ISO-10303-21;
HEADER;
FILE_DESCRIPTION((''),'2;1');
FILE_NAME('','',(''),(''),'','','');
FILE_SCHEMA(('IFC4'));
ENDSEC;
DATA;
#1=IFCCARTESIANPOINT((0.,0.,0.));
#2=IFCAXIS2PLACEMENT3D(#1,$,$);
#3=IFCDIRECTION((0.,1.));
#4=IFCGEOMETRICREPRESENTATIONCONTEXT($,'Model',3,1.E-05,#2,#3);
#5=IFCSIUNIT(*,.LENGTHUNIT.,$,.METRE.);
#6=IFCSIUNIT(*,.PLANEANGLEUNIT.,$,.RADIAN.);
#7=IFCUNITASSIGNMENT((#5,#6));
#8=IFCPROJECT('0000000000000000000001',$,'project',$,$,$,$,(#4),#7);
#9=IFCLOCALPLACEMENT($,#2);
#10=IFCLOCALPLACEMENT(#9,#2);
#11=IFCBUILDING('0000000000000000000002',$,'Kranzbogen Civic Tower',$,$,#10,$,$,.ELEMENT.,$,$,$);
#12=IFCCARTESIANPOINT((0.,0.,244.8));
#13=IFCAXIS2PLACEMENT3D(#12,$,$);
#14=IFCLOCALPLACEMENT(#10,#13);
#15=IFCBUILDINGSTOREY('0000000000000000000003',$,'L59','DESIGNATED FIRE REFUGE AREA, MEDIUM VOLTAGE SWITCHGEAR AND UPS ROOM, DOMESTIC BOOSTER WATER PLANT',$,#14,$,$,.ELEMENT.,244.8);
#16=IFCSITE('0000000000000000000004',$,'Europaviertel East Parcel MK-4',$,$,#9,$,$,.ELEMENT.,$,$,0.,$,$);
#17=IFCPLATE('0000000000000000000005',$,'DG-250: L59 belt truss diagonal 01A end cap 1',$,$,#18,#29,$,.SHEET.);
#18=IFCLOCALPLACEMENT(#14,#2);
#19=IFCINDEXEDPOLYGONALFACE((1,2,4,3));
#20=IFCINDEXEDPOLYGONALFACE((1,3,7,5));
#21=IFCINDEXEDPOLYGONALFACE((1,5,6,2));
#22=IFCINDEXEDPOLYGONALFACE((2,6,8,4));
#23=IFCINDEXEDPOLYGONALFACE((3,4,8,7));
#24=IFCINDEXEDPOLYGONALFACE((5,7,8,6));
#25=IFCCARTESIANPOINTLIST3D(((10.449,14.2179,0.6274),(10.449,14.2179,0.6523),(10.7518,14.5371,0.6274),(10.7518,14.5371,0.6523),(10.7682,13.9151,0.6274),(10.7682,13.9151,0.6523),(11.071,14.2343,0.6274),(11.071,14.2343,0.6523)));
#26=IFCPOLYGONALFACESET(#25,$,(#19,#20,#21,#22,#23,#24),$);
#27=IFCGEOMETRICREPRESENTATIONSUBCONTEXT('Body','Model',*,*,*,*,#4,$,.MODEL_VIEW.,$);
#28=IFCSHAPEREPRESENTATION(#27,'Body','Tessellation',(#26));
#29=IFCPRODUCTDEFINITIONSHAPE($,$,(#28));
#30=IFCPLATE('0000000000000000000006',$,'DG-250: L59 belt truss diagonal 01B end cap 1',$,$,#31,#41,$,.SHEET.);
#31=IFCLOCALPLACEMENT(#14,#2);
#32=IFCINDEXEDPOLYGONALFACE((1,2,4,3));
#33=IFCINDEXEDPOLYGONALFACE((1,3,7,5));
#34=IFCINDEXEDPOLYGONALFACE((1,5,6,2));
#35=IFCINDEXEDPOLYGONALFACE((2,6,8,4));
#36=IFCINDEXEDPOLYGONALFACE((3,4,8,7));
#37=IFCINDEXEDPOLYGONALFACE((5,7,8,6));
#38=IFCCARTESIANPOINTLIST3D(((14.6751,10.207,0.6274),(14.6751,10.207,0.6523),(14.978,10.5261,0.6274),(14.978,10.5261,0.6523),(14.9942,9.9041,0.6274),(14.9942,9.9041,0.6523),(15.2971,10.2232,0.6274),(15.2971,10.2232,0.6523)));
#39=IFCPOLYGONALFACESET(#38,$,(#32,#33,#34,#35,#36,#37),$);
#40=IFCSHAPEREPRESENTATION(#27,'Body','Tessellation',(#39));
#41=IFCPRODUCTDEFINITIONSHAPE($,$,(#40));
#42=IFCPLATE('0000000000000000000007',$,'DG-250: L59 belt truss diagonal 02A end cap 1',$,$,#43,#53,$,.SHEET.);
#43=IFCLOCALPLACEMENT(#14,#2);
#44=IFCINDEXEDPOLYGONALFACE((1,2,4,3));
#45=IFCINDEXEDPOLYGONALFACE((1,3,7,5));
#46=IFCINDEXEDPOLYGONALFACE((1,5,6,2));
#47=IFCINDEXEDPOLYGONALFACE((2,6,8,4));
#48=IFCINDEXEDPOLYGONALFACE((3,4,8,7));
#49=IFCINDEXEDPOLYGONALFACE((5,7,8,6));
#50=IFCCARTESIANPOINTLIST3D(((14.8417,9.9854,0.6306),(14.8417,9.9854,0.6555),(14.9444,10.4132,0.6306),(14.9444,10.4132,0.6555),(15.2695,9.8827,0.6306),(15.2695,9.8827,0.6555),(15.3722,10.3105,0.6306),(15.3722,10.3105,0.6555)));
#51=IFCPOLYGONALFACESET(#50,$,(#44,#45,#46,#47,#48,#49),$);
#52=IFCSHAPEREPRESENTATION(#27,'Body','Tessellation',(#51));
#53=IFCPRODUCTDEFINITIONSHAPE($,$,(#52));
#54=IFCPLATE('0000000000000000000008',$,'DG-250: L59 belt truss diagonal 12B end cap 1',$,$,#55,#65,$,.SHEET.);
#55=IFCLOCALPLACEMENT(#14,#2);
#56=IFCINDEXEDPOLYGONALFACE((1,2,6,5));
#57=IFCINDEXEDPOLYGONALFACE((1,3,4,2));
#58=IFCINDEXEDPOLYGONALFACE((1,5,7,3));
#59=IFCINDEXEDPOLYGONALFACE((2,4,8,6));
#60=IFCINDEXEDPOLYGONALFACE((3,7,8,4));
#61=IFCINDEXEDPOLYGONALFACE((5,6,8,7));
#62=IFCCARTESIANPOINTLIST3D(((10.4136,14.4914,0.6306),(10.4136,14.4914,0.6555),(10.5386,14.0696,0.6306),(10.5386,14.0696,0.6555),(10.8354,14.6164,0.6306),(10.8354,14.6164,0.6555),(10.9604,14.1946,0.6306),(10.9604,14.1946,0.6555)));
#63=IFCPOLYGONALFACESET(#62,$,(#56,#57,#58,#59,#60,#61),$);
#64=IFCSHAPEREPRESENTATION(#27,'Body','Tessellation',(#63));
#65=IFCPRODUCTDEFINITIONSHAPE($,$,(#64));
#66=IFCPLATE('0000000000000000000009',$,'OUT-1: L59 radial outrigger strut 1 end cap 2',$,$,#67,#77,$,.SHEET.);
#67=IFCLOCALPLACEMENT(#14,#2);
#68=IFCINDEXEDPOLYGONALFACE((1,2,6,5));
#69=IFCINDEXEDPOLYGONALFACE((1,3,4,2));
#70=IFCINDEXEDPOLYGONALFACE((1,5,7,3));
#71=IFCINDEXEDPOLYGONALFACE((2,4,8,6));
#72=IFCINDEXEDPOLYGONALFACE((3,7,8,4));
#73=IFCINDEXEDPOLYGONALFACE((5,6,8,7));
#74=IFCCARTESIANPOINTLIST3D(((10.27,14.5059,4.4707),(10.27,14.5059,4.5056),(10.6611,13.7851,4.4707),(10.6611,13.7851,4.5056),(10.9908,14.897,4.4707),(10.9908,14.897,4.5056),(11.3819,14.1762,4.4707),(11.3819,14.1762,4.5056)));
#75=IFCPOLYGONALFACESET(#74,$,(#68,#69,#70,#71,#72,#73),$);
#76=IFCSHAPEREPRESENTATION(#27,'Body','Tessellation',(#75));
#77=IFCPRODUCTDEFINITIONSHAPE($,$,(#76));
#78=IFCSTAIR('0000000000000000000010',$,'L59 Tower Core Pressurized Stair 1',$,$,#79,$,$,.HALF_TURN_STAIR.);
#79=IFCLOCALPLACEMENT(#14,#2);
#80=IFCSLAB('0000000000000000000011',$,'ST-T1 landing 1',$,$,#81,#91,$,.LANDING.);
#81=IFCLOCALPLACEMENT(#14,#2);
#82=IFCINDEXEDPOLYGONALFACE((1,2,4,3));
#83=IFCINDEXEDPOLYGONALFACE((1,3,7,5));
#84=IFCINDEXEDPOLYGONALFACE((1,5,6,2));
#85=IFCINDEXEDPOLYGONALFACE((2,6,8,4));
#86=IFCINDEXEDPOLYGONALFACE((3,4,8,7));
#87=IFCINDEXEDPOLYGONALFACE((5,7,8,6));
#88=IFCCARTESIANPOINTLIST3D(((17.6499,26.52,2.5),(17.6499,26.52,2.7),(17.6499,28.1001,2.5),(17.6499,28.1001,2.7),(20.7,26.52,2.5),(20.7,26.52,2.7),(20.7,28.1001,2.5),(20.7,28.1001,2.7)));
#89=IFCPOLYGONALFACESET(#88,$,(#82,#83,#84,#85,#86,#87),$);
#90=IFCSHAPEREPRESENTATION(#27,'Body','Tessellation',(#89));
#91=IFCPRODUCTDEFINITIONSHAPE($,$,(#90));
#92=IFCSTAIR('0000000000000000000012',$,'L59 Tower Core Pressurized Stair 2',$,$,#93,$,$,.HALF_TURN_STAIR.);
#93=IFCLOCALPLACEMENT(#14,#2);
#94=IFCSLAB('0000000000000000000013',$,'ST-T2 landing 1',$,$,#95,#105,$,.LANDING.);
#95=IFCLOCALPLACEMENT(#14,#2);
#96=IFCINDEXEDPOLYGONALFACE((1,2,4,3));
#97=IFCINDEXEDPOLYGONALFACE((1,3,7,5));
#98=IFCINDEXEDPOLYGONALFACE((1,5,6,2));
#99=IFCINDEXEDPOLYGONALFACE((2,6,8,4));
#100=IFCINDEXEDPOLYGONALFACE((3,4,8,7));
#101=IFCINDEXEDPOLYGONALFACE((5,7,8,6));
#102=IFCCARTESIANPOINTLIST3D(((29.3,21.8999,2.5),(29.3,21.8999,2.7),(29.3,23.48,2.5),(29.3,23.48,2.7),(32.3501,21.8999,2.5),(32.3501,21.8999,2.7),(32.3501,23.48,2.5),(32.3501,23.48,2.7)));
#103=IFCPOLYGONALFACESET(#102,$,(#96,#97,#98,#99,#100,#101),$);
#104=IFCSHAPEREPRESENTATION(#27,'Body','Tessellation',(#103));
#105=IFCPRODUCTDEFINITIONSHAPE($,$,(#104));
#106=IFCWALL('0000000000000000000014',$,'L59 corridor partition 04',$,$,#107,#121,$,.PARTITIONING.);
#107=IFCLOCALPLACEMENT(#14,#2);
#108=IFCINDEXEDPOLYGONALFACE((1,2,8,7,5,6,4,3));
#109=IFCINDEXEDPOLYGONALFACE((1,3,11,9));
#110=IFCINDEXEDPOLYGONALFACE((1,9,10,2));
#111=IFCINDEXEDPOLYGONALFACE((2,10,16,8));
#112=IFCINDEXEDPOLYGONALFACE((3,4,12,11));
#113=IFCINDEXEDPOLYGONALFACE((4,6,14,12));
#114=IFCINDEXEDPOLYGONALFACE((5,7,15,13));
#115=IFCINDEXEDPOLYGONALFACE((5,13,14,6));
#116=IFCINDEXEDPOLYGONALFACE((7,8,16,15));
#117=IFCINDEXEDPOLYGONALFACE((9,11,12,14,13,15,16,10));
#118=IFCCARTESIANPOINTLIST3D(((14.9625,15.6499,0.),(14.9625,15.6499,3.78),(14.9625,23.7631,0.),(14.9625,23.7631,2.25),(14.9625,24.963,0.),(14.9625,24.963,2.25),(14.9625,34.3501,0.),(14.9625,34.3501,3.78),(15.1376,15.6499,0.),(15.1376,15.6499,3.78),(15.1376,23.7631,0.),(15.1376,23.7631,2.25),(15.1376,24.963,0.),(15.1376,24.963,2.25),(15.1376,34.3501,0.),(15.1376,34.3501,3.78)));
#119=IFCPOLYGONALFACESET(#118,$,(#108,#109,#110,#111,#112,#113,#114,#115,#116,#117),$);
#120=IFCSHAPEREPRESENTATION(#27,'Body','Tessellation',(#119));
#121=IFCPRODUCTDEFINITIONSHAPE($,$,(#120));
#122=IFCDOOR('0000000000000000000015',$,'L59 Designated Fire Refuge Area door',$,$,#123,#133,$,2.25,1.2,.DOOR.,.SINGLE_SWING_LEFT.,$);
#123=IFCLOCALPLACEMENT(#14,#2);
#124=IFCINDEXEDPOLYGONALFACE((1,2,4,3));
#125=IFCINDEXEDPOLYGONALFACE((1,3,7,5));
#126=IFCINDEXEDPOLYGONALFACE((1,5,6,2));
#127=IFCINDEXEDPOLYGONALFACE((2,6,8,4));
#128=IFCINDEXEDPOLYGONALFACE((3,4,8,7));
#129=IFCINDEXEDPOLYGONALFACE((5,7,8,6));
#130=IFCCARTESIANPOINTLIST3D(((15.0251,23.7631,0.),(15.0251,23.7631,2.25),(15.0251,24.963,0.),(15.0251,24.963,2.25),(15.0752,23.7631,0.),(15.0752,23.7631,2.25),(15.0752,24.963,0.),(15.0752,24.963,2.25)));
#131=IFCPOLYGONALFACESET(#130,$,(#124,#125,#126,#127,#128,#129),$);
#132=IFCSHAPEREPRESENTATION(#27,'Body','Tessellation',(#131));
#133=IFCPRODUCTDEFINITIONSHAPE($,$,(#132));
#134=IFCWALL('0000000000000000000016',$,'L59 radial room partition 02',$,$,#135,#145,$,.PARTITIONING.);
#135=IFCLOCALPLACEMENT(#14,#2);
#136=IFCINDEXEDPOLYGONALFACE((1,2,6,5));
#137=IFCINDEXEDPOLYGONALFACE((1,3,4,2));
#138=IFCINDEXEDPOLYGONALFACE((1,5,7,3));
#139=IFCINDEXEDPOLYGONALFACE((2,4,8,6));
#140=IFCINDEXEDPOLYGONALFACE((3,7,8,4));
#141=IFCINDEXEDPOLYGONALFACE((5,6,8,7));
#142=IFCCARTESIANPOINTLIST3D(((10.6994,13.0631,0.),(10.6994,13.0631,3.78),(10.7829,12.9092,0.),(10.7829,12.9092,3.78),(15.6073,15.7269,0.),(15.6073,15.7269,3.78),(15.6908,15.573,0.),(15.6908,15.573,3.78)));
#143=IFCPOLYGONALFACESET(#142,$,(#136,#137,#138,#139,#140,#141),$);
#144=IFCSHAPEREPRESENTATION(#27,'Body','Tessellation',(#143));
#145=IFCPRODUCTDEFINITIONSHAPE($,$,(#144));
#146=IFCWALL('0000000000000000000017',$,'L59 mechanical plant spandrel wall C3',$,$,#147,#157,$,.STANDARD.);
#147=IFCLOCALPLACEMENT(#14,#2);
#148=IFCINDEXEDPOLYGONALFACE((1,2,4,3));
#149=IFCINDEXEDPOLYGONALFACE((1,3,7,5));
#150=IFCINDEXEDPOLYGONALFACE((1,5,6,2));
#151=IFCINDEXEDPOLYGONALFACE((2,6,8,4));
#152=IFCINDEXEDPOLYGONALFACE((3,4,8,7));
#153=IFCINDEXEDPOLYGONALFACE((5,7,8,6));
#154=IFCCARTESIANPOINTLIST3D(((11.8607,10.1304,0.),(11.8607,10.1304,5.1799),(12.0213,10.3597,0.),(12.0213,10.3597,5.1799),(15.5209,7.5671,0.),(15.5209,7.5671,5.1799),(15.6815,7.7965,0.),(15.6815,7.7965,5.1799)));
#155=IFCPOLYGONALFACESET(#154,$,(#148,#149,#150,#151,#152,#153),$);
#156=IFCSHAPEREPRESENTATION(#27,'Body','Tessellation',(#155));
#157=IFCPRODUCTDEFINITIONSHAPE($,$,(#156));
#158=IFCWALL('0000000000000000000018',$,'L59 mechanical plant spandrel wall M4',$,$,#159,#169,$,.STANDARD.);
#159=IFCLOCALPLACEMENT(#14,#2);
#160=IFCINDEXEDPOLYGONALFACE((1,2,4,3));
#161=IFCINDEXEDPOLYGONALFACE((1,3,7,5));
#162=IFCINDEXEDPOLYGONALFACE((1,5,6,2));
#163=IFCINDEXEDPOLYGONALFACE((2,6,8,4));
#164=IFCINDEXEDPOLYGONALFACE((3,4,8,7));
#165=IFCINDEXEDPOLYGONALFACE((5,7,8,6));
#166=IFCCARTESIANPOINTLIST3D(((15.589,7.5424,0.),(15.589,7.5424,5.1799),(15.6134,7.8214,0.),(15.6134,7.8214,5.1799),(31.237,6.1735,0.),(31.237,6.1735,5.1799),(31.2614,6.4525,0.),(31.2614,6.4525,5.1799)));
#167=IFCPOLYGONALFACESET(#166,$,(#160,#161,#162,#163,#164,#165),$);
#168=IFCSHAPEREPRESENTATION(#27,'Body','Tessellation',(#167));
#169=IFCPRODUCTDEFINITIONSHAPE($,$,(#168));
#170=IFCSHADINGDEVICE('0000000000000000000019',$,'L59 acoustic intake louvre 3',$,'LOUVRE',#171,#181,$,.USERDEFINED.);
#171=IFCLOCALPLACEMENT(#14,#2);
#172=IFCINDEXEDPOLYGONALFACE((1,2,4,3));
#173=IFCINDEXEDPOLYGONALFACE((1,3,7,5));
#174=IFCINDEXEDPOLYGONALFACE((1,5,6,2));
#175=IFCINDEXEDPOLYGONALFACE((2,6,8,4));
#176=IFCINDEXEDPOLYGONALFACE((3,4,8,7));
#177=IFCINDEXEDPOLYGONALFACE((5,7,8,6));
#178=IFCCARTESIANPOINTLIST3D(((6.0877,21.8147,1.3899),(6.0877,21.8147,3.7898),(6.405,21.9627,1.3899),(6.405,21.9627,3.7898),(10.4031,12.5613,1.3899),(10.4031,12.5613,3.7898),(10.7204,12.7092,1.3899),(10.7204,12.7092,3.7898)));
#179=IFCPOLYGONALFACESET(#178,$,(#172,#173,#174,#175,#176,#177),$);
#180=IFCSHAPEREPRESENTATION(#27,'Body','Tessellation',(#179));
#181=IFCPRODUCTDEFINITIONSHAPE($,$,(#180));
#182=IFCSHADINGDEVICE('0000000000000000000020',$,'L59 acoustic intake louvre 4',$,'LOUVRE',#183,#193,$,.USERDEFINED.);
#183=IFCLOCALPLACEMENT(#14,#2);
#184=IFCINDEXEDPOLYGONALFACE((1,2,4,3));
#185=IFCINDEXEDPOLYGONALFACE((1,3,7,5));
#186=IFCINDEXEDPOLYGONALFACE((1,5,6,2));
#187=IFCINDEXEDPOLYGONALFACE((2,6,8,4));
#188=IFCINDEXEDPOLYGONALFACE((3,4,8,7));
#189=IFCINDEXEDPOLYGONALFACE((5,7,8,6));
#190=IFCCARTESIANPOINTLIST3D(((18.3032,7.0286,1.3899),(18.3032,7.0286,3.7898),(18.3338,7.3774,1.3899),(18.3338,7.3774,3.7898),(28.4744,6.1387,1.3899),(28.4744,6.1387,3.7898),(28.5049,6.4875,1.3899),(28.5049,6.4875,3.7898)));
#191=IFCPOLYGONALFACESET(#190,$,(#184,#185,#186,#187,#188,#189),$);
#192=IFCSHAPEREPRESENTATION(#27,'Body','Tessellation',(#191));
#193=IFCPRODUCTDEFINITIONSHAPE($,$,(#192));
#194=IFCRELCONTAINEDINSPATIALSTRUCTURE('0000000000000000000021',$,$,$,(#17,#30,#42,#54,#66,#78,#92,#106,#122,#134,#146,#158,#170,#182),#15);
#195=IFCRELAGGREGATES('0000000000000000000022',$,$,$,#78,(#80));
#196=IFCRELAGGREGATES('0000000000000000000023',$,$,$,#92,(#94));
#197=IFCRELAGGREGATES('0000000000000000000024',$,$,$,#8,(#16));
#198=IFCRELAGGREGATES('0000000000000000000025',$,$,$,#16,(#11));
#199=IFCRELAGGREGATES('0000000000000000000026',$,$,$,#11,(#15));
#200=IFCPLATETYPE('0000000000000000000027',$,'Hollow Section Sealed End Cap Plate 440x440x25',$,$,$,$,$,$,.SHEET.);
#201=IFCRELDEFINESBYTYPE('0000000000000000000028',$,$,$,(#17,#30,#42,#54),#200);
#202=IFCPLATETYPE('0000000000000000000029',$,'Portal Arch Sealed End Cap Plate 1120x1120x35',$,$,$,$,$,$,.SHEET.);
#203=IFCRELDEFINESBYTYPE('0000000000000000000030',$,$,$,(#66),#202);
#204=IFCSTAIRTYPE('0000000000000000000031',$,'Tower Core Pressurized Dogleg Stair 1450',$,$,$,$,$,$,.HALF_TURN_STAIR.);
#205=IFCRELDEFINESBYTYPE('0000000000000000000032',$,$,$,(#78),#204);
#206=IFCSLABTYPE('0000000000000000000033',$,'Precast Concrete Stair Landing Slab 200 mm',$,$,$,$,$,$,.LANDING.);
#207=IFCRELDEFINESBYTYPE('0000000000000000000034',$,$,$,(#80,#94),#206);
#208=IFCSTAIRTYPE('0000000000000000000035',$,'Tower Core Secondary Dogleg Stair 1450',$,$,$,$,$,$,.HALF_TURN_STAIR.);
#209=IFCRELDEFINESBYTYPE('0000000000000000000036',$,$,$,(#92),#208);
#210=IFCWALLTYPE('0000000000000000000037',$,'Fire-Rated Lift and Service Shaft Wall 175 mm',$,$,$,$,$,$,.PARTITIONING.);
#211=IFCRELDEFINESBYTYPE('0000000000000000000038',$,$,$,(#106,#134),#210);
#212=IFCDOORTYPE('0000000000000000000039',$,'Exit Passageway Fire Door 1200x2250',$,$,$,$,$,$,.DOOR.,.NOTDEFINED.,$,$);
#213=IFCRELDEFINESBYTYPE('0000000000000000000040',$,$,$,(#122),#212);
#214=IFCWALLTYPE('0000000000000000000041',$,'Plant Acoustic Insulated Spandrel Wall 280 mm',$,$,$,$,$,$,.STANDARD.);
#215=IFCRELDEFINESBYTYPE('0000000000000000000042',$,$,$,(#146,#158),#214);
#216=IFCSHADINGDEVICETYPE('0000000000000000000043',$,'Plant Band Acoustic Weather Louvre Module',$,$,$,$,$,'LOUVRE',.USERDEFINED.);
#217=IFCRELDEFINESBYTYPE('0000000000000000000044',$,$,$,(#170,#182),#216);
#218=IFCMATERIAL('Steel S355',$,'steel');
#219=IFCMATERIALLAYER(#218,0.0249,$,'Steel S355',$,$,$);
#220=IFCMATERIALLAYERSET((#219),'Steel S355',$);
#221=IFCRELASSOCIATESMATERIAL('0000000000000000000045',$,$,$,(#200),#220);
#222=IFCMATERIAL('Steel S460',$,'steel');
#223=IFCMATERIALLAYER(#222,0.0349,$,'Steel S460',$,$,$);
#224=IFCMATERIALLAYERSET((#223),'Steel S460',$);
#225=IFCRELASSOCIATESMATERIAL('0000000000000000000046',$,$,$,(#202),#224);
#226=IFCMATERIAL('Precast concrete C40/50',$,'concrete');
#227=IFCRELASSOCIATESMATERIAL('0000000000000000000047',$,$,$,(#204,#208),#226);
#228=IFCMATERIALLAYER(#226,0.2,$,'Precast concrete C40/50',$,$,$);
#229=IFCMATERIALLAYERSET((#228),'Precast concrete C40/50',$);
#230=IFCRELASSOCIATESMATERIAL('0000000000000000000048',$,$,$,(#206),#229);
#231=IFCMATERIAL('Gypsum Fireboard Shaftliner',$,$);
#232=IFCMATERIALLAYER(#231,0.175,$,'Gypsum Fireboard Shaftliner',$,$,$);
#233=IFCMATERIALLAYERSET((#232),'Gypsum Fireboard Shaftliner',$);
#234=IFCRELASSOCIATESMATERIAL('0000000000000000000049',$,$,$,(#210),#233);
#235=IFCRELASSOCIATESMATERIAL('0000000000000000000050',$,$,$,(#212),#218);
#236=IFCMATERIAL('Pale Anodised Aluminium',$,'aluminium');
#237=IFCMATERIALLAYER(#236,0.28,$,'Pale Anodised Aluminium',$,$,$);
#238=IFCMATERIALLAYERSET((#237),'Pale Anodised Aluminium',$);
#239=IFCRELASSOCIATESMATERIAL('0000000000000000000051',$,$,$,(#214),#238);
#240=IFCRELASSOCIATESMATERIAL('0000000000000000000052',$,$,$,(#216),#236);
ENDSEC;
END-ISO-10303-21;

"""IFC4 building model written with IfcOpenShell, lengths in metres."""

from ifc_helpers import new_model, si_unit, direction, frame, frame_2d, origin, origin_2d, place, context, subcontext, project, spatial, polyline, rectangle, outline, extrude, material, layer, layer_set, type_object, element, fill, aggregate, save


model = new_model("IFC4")

# Units and contexts
model_context = context("Model", 3, precision=1e-05, world=origin(), true_north=direction((0.0, 1.0)))
body_context = subcontext(model_context, "Body", "Model", "MODEL_VIEW")
ifc_project = project(units=[si_unit("LENGTHUNIT", "METRE"), si_unit("PLANEANGLEUNIT", "RADIAN")], contexts=[model_context])

# Site, building, storey
site_placement = place(None, origin())
site = spatial("IfcSite", under=ifc_project, at=site_placement, Name="Europaviertel East Parcel MK-4", CompositionType="ELEMENT", RefElevation=0.0)
building_placement = place(site_placement, origin())
building = spatial("IfcBuilding", under=site, at=building_placement, Name="Kranzbogen Civic Tower", CompositionType="ELEMENT")
storey_placement = place(building_placement, frame((0.0, 0.0, 244.8)))
storey = spatial("IfcBuildingStorey", under=building, at=storey_placement, Name="L59", Description="DESIGNATED FIRE REFUGE AREA, MEDIUM VOLTAGE SWITCHGEAR AND UPS ROOM, DOMESTIC BOOSTER WATER PLANT", CompositionType="ELEMENT", Elevation=244.8)

# Shared definitions
ifc_material_1 = material(Name="Steel S355", Category="steel")

# Shared definitions
ifc_material_2 = material(Name="Steel S460", Category="steel")

# Plates
ifc_layer_1 = layer(ifc_material_1, 0.0249, Name="Steel S355")
ifc_layer_set_1 = layer_set([ifc_layer_1], Name="Steel S355")
plate_type_1 = type_object("IfcPlateType", Name="Hollow Section Sealed End Cap Plate 440x440x25", PredefinedType="SHEET", material=ifc_layer_set_1)
for number, where, z_axis, x_axis, name in (
    (1, (10.76, 14.2261, 0.6274), (0.0, 0.0, 1.0), (0.725446, -0.688279, 0.0), "DG-250: L59 belt truss diagonal 01A end cap 1"),
    (2, (14.9861, 10.2151, 0.6274), (0.0, 0.0, 1.0), (-0.725278, 0.688456, 0.0), "DG-250: L59 belt truss diagonal 01B end cap 1"),
    (3, (15.1069, 10.1479, 0.6306), (0.0, 0.0, 1.0), (0.972407, -0.233293, 0.0), "DG-250: L59 belt truss diagonal 02A end cap 1"),
    (4, (10.687, 14.343, 0.6306), (0.0, 0.0, 1.0), (-0.284099, 0.958795, 0.0), "DG-250: L59 belt truss diagonal 12B end cap 1"),
):
    element("IfcPlate", number, at=place(storey_placement, frame(where, z_axis=z_axis, x_axis=x_axis)), inside=storey, type_object=plate_type_1, Name=name, PredefinedType="SHEET", context=body_context, shape_type="SweptSolid", body=[
        extrude(rectangle(XDim=0.4399, YDim=0.4399, at=origin_2d()), origin(), (0.0, 0.0, 1.0), 0.0249),
    ])
ifc_layer_2 = layer(ifc_material_2, 0.0349, Name="Steel S460")
ifc_layer_set_2 = layer_set([ifc_layer_2], Name="Steel S460")
plate_type_2 = type_object("IfcPlateType", Name="Portal Arch Sealed End Cap Plate 1120x1120x35", PredefinedType="SHEET", material=ifc_layer_set_2)
plate_placement = place(storey_placement, frame((10.8259, 14.3411, 4.4707), z_axis=(0.0, 0.0, 1.0), x_axis=(-0.878942, -0.476929, 0.0)))
element("IfcPlate", 5, at=plate_placement, inside=storey, type_object=plate_type_2, Name="OUT-1: L59 radial outrigger strut 1 end cap 2", PredefinedType="SHEET", context=body_context, shape_type="SweptSolid", body=[
    extrude(rectangle(XDim=0.8201, YDim=0.8201, at=origin_2d()), origin(), (0.0, 0.0, 1.0), 0.0349),
])

# Stairs, slabs
ifc_material_3 = material(Name="Precast concrete C40/50", Category="concrete")
stair_type_1 = type_object("IfcStairType", Name="Tower Core Pressurized Dogleg Stair 1450", PredefinedType="HALF_TURN_STAIR", material=ifc_material_3)
stair_1_placement = place(storey_placement, origin())
stair_1 = element("IfcStair", 6, at=stair_1_placement, inside=storey, type_object=stair_type_1, Name="L59 Tower Core Pressurized Stair 1", PredefinedType="HALF_TURN_STAIR")
ifc_layer_3 = layer(ifc_material_3, 0.2, Name="Precast concrete C40/50")
ifc_layer_set_3 = layer_set([ifc_layer_3], Name="Precast concrete C40/50")
slab_type_1 = type_object("IfcSlabType", Name="Precast Concrete Stair Landing Slab 200 mm", PredefinedType="LANDING", material=ifc_layer_set_3)
slab_1_placement = place(storey_placement, frame((0.0, 0.0, 2.5)))
slab_1 = element("IfcSlab", 7, at=slab_1_placement, type_object=slab_type_1, Name="ST-T1 landing 1", PredefinedType="LANDING", context=body_context, shape_type="SweptSolid", body=[
    extrude(outline(polyline([(20.7, 26.52), (20.7, 28.1001), (17.6499, 28.1001), (17.6499, 26.52), (20.7, 26.52)])), origin(), (0.0, 0.0, 1.0), 0.2),
])
aggregate(stair_1, [slab_1])
stair_type_2 = type_object("IfcStairType", Name="Tower Core Secondary Dogleg Stair 1450", PredefinedType="HALF_TURN_STAIR", material=ifc_material_3)
stair_2_placement = place(storey_placement, origin())
stair_2 = element("IfcStair", 8, at=stair_2_placement, inside=storey, type_object=stair_type_2, Name="L59 Tower Core Pressurized Stair 2", PredefinedType="HALF_TURN_STAIR")
slab_2_placement = place(storey_placement, frame((0.0, 0.0, 2.5)))
slab_2 = element("IfcSlab", 9, at=slab_2_placement, type_object=slab_type_1, Name="ST-T2 landing 1", PredefinedType="LANDING", context=body_context, shape_type="SweptSolid", body=[
    extrude(outline(polyline([(29.3, 23.48), (29.3, 21.8999), (32.3501, 21.8999), (32.3501, 23.48), (29.3, 23.48)])), origin(), (0.0, 0.0, 1.0), 0.2),
])
aggregate(stair_2, [slab_2])

# Wall, opening, door
ifc_material_4 = material(Name="Gypsum Fireboard Shaftliner")
ifc_layer_4 = layer(ifc_material_4, 0.175, Name="Gypsum Fireboard Shaftliner")
ifc_layer_set_4 = layer_set([ifc_layer_4], Name="Gypsum Fireboard Shaftliner")
wall_type_1 = type_object("IfcWallType", Name="Fire-Rated Lift and Service Shaft Wall 175 mm", PredefinedType="PARTITIONING", material=ifc_layer_set_4)
wall_1_placement = place(storey_placement, frame((15.05, 15.6499, 0.0), z_axis=(0.0, 0.0, 1.0), x_axis=(0.0, 1.0, 0.0)))
wall_1 = element("IfcWall", 10, at=wall_1_placement, inside=storey, type_object=wall_type_1, Name="L59 corridor partition 04", PredefinedType="PARTITIONING", context=body_context, shape_type="SweptSolid", body=[
    extrude(rectangle(XDim=18.7002, YDim=0.175, at=frame_2d((9.3501, 0.0))), origin(), (0.0, 0.0, 1.0), 3.78),
])
opening_placement = place(wall_1_placement, frame((8.113, 0.0, 0.0)))
opening = element("IfcOpeningElement", 11, at=opening_placement, cuts=wall_1, PredefinedType="OPENING", context=body_context, shape_type="SweptSolid", body=[
    extrude(rectangle(XDim=1.2, YDim=2.25, at=frame_2d((0.6001, 1.125))), frame((0.0, 0.0977, 0.0), z_axis=(0.0, -1.0, 0.0), x_axis=(1.0, 0.0, 0.0)), (0.0, 0.0, 1.0), 0.1951),
])
door_type = type_object("IfcDoorType", Name="Exit Passageway Fire Door 1200x2250", OperationType="NOTDEFINED", PredefinedType="DOOR", material=ifc_material_1)
door_placement = place(opening_placement, origin())
door = element("IfcDoor", 12, at=door_placement, inside=storey, type_object=door_type, Name="L59 Designated Fire Refuge Area door", OperationType="SINGLE_SWING_LEFT", OverallHeight=2.25, OverallWidth=1.2, PredefinedType="DOOR", context=body_context, shape_type="SweptSolid", body=[
    extrude(rectangle(XDim=1.2, YDim=2.25, at=frame_2d((0.6001, 1.125))), frame((0.0, 0.0249, 0.0), z_axis=(0.0, -1.0, 0.0), x_axis=(1.0, 0.0, 0.0)), (0.0, 0.0, 1.0), 0.05),
])
fill(opening, door)

# Walls
wall_2_placement = place(storey_placement, frame((15.6489, 15.6499, 0.0), z_axis=(0.0, 0.0, 1.0), x_axis=(-0.878891, -0.477022, 0.0)))
element("IfcWall", 13, at=wall_2_placement, inside=storey, type_object=wall_type_1, Name="L59 radial room partition 02", PredefinedType="PARTITIONING", context=body_context, shape_type="SweptSolid", body=[
    extrude(rectangle(XDim=5.5842, YDim=0.175, at=frame_2d((2.792, 0.0))), origin(), (0.0, 0.0, 1.0), 3.78),
])
ifc_material_5 = material(Name="Pale Anodised Aluminium", Category="aluminium")
ifc_layer_5 = layer(ifc_material_5, 0.28, Name="Pale Anodised Aluminium")
ifc_layer_set_5 = layer_set([ifc_layer_5], Name="Pale Anodised Aluminium")
wall_type_2 = type_object("IfcWallType", Name="Plant Acoustic Insulated Spandrel Wall 280 mm", PredefinedType="STANDARD", material=ifc_layer_set_5)
wall_3_placement = place(storey_placement, frame((11.9409, 10.2451, 0.0), z_axis=(0.0, 0.0, 1.0), x_axis=(0.819114, -0.573631, 0.0)))
element("IfcWall", 14, at=wall_3_placement, inside=storey, type_object=wall_type_2, Name="L59 mechanical plant spandrel wall C3", PredefinedType="STANDARD", context=body_context, shape_type="SweptSolid", body=[
    extrude(rectangle(XDim=4.4685, YDim=0.28, at=frame_2d((2.2344, 0.0))), origin(), (0.0, 0.0, 1.0), 5.1799),
])
wall_4_placement = place(storey_placement, frame((15.6011, 7.6819, 0.0), z_axis=(0.0, 0.0, 1.0), x_axis=(0.996195, -0.087148, 0.0)))
element("IfcWall", 15, at=wall_4_placement, inside=storey, type_object=wall_type_2, Name="L59 mechanical plant spandrel wall M4", PredefinedType="STANDARD", context=body_context, shape_type="SweptSolid", body=[
    extrude(rectangle(XDim=15.7078, YDim=0.28, at=frame_2d((7.854, 0.0))), origin(), (0.0, 0.0, 1.0), 5.1799),
])

# Shading devices
shading_device_type = type_object("IfcShadingDeviceType", Name="Plant Band Acoustic Weather Louvre Module", ElementType="LOUVRE", PredefinedType="USERDEFINED", material=ifc_material_5)
shading_device_1_placement = place(storey_placement, frame((8.4041, 17.262, 1.3899), z_axis=(0.0, 0.0, 1.0), x_axis=(0.42265, -0.906293, 0.0)))
element("IfcShadingDevice", 16, at=shading_device_1_placement, inside=storey, type_object=shading_device_type, Name="L59 acoustic intake louvre 3", ObjectType="LOUVRE", PredefinedType="USERDEFINED", context=body_context, shape_type="SweptSolid", body=[
    extrude(rectangle(XDim=10.2102, YDim=0.3501, at=origin_2d()), origin(), (0.0, 0.0, 1.0), 2.3999),
])
shading_device_2_placement = place(storey_placement, frame((23.4041, 6.7581, 1.3899), z_axis=(0.0, 0.0, 1.0), x_axis=(0.996195, -0.087156, 0.0)))
element("IfcShadingDevice", 17, at=shading_device_2_placement, inside=storey, type_object=shading_device_type, Name="L59 acoustic intake louvre 4", ObjectType="LOUVRE", PredefinedType="USERDEFINED", context=body_context, shape_type="SweptSolid", body=[
    extrude(rectangle(XDim=10.21, YDim=0.3501, at=origin_2d()), origin(), (0.0, 0.0, 1.0), 2.3999),
])

save(model, "model.ifc")
